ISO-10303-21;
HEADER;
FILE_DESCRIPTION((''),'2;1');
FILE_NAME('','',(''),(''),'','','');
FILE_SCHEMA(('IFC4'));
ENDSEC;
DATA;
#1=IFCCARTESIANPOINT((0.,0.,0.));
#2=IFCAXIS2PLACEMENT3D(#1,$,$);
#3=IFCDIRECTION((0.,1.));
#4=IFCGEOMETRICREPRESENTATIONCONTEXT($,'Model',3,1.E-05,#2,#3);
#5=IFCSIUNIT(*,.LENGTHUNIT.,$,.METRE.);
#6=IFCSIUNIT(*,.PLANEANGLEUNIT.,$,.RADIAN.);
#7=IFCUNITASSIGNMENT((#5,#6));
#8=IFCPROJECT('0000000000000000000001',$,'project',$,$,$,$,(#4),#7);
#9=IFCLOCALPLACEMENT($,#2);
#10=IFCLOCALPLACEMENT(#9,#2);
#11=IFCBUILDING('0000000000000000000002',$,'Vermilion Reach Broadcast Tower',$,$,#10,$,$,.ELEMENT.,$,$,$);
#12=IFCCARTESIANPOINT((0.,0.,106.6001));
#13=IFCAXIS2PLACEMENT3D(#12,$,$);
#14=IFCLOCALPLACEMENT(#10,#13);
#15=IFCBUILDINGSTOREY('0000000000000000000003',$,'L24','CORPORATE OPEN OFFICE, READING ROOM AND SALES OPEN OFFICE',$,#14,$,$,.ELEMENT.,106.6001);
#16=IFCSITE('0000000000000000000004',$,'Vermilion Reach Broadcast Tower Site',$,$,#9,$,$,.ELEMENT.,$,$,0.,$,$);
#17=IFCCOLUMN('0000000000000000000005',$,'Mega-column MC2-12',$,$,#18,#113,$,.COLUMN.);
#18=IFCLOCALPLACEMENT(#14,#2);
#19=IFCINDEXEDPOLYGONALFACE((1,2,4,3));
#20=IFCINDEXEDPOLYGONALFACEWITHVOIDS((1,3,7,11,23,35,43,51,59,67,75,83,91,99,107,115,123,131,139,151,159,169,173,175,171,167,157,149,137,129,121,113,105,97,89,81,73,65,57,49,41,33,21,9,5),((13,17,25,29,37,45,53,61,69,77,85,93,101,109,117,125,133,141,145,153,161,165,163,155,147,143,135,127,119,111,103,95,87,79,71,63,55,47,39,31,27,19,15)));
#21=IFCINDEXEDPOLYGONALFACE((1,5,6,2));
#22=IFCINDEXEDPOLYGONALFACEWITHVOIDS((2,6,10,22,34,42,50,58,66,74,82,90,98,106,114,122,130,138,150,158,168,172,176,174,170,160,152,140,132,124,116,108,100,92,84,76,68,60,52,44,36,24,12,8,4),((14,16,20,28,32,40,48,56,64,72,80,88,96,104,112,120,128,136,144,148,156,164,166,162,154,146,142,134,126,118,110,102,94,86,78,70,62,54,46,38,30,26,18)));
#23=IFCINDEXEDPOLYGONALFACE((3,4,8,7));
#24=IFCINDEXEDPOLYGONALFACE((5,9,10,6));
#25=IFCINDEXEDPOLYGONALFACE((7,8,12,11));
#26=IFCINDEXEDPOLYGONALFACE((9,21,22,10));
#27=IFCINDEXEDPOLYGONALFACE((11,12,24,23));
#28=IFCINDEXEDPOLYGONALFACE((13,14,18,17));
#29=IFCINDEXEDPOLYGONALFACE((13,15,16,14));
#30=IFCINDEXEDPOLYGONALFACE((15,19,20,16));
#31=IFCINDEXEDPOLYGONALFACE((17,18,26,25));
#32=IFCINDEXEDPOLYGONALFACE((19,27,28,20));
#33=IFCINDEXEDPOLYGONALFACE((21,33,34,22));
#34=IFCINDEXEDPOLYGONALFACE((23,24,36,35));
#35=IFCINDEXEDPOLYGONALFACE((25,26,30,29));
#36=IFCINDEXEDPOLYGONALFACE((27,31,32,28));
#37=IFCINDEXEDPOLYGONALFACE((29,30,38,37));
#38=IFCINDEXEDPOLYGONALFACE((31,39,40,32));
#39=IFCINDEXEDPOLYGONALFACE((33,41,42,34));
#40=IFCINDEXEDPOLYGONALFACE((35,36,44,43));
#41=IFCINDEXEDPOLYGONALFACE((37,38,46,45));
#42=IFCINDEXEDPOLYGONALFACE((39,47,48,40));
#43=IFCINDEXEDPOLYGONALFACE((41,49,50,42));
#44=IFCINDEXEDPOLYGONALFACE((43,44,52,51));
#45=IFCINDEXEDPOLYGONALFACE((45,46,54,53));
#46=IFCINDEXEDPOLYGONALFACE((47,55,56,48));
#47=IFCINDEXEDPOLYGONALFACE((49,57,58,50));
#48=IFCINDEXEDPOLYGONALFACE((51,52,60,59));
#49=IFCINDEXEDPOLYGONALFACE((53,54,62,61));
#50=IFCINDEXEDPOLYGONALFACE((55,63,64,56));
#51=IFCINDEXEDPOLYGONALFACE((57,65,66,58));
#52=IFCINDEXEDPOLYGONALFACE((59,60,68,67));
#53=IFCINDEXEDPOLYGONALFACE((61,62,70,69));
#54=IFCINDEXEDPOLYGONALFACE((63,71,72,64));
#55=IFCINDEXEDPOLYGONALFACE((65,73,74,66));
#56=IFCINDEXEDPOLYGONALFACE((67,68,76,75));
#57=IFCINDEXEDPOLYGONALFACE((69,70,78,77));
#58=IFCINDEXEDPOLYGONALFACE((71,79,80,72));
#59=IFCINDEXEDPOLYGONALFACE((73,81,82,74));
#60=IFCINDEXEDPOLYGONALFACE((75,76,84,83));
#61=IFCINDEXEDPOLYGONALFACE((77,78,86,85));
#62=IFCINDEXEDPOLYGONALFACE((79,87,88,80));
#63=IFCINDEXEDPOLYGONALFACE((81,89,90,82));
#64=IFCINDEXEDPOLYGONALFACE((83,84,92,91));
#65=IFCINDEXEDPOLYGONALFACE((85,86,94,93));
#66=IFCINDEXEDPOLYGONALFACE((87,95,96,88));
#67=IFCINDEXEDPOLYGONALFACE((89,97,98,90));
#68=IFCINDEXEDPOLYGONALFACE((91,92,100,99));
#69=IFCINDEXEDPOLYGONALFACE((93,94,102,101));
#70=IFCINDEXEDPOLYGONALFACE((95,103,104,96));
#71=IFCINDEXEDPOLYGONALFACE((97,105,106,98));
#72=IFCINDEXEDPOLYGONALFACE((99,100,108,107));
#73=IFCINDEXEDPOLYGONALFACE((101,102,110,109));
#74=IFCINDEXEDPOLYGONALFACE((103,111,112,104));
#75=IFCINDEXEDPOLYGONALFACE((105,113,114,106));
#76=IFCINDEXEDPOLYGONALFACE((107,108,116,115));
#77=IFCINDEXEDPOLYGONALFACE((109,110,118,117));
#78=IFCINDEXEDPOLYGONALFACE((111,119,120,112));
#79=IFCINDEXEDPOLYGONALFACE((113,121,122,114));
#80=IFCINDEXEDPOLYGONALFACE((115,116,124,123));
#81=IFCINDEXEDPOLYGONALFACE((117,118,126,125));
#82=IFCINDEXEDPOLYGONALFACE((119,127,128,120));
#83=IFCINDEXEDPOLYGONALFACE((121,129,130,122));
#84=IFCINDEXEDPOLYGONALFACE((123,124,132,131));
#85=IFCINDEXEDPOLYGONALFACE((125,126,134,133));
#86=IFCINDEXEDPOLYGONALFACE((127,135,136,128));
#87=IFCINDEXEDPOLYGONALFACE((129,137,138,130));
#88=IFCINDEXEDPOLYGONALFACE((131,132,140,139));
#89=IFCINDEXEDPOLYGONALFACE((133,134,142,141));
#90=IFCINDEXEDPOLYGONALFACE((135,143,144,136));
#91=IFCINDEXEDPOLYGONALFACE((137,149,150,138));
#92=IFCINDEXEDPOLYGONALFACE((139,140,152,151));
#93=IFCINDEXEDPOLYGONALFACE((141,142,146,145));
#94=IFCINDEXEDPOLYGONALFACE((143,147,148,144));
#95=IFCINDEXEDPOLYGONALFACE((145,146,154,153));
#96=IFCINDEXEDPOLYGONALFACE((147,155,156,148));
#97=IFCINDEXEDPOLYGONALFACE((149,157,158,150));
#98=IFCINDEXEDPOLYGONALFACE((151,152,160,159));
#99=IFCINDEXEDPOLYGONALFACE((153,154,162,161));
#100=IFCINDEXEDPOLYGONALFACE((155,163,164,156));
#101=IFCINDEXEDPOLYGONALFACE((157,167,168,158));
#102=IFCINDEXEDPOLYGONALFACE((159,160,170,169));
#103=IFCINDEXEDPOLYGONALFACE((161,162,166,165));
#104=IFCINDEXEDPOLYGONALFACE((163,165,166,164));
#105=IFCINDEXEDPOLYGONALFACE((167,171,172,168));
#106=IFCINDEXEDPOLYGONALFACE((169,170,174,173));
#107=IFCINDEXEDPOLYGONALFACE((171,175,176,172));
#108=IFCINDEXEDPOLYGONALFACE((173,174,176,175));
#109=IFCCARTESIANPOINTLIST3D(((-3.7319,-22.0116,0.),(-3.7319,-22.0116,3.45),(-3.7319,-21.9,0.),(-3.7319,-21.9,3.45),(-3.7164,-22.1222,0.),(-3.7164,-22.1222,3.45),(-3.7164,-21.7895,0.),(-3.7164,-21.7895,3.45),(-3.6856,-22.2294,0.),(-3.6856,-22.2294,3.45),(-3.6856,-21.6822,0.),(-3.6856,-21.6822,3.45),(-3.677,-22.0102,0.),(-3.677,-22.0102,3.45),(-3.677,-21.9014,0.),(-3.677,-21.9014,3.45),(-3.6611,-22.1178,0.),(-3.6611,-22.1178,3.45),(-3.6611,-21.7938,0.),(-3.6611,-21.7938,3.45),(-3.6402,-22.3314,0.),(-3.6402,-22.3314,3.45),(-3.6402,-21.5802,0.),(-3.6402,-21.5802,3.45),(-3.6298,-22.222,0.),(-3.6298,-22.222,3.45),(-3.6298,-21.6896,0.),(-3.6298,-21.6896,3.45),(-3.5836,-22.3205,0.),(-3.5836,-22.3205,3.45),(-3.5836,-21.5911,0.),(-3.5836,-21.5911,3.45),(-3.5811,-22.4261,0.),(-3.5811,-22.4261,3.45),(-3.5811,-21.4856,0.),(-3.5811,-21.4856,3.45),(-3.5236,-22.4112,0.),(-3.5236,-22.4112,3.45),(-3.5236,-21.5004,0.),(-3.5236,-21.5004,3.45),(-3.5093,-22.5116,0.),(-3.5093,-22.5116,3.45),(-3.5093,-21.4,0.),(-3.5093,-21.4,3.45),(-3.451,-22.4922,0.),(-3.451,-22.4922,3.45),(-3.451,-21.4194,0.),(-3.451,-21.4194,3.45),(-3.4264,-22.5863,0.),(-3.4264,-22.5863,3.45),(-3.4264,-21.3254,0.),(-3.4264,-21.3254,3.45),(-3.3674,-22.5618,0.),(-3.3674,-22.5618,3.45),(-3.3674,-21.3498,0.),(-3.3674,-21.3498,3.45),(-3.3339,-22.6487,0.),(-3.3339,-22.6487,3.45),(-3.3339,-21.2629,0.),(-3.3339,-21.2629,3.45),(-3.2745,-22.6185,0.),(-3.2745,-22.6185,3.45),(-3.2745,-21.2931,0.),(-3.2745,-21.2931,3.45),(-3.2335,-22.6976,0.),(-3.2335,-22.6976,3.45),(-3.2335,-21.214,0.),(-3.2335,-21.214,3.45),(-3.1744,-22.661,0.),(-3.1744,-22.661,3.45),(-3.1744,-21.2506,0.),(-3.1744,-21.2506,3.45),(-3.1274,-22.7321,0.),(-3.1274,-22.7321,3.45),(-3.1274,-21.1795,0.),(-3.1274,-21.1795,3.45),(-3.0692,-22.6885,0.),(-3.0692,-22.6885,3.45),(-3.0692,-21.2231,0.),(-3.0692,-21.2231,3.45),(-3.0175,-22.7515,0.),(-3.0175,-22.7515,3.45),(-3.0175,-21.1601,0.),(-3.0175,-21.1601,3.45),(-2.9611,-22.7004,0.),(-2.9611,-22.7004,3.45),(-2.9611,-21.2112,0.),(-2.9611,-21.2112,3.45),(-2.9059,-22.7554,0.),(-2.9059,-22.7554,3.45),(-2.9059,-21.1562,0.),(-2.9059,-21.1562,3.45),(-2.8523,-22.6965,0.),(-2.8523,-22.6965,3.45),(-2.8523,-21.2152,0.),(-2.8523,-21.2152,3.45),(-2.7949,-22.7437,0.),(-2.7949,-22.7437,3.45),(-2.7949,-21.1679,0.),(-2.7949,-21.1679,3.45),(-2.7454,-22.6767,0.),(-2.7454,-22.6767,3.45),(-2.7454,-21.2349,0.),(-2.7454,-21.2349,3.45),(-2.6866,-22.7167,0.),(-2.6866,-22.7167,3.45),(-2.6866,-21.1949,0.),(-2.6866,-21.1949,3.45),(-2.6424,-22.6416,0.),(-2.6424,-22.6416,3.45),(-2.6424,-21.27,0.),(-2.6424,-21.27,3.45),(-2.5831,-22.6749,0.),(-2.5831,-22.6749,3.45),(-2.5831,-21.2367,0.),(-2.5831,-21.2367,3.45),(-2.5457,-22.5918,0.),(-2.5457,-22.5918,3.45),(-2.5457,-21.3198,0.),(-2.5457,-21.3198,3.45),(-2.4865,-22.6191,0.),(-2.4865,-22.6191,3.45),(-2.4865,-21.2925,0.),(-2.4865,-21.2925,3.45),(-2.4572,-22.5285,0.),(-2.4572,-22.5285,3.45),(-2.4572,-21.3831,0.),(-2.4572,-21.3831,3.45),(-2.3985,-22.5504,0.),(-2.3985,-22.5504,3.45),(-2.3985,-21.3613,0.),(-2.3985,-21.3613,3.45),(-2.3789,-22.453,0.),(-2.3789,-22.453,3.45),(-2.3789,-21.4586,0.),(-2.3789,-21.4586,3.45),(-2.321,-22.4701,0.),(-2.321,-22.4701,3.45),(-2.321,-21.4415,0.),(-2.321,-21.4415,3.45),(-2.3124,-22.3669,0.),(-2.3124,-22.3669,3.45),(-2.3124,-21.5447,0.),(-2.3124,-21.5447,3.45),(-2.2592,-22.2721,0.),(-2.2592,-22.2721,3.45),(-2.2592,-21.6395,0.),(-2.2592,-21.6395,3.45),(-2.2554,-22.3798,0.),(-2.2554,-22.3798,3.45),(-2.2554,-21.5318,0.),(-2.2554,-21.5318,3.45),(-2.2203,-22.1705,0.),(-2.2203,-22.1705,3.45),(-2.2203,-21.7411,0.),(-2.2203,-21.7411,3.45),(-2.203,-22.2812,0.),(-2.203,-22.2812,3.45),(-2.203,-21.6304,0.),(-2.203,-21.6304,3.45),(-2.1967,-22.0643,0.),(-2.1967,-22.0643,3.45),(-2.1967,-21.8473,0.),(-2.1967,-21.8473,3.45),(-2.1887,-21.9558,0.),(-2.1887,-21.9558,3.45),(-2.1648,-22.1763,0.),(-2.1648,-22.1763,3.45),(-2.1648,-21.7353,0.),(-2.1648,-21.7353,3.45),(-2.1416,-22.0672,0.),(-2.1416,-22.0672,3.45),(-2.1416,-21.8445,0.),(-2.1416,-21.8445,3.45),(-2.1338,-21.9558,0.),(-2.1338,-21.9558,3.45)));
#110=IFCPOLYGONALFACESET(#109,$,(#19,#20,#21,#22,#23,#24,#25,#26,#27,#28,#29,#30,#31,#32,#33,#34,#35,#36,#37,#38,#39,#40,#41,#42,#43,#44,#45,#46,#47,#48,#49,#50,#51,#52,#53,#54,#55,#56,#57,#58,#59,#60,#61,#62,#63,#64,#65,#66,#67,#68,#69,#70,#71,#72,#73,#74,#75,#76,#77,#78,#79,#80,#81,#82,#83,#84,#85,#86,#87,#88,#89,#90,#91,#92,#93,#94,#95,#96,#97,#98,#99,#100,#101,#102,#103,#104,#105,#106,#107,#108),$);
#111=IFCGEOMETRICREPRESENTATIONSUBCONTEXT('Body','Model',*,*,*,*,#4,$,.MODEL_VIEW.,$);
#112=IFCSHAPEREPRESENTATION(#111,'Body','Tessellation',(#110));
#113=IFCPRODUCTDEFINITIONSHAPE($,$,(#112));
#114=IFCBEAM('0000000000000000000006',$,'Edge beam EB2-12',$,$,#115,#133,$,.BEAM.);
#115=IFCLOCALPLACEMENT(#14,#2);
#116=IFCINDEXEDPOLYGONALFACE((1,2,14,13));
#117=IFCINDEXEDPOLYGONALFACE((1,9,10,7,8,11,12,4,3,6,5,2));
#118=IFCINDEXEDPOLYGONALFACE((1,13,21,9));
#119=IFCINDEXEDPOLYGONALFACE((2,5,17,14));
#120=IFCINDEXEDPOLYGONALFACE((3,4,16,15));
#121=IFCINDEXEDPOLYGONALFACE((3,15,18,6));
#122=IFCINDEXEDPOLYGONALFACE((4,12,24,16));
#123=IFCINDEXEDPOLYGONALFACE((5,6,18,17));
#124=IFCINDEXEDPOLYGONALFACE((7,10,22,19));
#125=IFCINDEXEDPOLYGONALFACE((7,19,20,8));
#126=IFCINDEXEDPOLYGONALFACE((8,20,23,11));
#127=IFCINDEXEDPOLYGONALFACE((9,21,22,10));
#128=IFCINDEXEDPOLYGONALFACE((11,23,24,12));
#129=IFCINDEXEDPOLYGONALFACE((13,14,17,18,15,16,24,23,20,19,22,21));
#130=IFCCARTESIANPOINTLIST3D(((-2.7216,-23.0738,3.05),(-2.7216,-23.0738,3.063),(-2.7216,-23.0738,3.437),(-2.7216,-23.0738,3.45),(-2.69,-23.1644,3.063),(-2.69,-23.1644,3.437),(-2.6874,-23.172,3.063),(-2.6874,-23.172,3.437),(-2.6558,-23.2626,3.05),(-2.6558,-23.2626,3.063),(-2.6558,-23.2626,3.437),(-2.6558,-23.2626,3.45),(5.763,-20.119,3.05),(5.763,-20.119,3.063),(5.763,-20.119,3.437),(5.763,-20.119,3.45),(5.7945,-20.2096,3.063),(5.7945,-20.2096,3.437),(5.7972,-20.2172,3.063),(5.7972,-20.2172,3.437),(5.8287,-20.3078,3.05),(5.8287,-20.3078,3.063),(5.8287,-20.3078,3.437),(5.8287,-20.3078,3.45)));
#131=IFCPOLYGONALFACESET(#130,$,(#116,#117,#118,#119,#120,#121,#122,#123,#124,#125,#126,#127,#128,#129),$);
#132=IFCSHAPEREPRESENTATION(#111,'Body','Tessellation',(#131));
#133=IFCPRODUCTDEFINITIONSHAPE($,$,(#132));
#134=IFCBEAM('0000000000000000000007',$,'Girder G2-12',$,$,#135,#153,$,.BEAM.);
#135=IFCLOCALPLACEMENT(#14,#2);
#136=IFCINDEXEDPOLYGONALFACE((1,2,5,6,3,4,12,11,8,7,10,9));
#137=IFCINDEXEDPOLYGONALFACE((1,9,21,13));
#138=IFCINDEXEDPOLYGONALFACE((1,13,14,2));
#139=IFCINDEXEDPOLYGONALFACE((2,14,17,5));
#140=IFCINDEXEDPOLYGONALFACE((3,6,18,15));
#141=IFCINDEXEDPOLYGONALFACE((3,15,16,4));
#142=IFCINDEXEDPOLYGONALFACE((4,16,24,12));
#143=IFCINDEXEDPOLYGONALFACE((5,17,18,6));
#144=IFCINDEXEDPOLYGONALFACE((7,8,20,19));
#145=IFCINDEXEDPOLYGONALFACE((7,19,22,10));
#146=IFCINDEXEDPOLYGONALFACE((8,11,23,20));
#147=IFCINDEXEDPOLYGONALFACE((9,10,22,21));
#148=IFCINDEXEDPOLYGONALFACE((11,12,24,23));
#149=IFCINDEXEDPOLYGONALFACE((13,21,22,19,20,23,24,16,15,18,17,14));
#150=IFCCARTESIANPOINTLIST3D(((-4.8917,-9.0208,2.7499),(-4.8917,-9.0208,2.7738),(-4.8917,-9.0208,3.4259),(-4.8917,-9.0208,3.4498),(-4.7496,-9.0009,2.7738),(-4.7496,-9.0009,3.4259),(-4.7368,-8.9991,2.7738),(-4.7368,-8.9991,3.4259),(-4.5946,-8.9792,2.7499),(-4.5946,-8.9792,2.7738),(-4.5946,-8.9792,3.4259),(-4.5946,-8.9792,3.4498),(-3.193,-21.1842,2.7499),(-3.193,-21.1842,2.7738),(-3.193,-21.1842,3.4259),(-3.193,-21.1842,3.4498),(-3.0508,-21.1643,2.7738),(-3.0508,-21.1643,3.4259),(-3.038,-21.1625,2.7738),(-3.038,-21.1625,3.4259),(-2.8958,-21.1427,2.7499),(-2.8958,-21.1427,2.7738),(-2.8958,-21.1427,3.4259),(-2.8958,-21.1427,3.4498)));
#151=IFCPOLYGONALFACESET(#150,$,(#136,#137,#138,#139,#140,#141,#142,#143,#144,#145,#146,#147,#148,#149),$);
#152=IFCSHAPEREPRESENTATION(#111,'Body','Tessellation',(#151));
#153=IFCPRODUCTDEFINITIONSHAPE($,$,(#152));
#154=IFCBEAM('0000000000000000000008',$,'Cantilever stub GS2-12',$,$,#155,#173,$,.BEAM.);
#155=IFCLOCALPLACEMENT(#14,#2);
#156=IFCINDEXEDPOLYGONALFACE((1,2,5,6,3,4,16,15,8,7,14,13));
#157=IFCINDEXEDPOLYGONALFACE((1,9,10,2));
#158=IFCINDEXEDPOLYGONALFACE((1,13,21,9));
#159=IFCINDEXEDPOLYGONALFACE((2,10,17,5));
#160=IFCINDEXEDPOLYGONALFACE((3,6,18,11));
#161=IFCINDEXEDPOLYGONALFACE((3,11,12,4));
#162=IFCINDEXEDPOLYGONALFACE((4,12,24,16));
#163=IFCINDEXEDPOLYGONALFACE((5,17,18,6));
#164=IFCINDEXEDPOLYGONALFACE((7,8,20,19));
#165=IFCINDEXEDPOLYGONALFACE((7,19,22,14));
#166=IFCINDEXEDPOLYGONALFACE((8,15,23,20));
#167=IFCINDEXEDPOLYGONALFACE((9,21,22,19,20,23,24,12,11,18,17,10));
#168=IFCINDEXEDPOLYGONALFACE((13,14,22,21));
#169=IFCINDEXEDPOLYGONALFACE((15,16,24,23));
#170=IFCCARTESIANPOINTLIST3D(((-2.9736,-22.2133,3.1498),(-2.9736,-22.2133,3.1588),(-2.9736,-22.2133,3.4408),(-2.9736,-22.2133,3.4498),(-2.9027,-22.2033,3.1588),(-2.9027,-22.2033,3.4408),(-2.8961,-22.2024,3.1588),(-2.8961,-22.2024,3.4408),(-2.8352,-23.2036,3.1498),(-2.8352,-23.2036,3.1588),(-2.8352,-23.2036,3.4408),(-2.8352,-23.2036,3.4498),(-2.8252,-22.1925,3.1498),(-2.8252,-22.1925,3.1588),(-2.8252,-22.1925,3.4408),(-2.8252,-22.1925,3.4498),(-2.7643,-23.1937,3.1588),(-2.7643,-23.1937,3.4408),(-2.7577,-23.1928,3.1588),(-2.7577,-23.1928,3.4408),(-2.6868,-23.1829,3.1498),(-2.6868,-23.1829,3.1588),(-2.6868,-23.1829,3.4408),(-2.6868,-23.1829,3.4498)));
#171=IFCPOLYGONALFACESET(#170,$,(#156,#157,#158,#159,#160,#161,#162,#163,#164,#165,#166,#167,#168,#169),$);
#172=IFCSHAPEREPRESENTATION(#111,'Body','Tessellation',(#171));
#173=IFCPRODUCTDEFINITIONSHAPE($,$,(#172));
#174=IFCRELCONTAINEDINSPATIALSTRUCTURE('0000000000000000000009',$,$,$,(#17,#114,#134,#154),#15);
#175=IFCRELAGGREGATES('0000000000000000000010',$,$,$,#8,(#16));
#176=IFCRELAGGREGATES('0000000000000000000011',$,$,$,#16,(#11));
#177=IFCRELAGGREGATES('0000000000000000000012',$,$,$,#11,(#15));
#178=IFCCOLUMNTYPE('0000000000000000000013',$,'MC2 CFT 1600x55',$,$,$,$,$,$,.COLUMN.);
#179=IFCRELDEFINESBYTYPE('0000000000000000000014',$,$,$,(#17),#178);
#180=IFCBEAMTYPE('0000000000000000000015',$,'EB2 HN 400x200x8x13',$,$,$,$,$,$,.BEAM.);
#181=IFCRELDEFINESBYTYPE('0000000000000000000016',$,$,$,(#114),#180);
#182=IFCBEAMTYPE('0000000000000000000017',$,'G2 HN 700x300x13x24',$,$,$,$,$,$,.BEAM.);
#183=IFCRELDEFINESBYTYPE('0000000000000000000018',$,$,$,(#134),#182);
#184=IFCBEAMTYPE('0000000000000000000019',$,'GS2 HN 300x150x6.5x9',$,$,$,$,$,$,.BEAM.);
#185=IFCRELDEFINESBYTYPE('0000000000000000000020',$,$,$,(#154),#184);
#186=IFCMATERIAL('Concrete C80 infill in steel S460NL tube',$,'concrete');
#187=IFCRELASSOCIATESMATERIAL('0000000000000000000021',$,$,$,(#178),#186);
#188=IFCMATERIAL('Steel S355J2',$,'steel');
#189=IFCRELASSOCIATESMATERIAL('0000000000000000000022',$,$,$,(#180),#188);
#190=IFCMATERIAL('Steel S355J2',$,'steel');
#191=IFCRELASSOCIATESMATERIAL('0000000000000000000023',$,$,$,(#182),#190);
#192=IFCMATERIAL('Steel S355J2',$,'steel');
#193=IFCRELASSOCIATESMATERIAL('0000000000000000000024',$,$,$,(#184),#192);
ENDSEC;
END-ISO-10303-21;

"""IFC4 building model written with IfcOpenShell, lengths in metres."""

from ifc_helpers import new_model, si_unit, direction, frame, origin, origin_2d, place, context, subcontext, project, spatial, hollow_circle, i_section, extrude, material, material_profile, profile_set, type_object, element, save


model = new_model("IFC4")

# Units and contexts
model_context = context("Model", 3, precision=1e-05, world=origin(), true_north=direction((0.0, 1.0)))
body_context = subcontext(model_context, "Body", "Model", "MODEL_VIEW")
ifc_project = project(units=[si_unit("LENGTHUNIT", "METRE"), si_unit("PLANEANGLEUNIT", "RADIAN")], contexts=[model_context])

# Site, building, storey
site_placement = place(None, origin())
site = spatial("IfcSite", under=ifc_project, at=site_placement, Name="Vermilion Reach Broadcast Tower Site", CompositionType="ELEMENT", RefElevation=0.0)
building_placement = place(site_placement, origin())
building = spatial("IfcBuilding", under=site, at=building_placement, Name="Vermilion Reach Broadcast Tower", CompositionType="ELEMENT")
storey_placement = place(building_placement, frame((0.0, 0.0, 106.6001)))
storey = spatial("IfcBuildingStorey", under=building, at=storey_placement, Name="L24", Description="CORPORATE OPEN OFFICE, READING ROOM AND SALES OPEN OFFICE", CompositionType="ELEMENT", Elevation=106.6001)

# Column
ifc_material_1 = material(Name="Concrete C80 infill in steel S460NL tube", Category="concrete")
ifc_material_profile_1 = material_profile(ifc_material_1, hollow_circle(Radius=0.8, WallThickness=0.0549, at=origin_2d()), Name="Concrete C80 infill in steel S460NL tube CFT 1600x55")
ifc_profile_set_1 = profile_set([ifc_material_profile_1], Name="Concrete C80 infill in steel S460NL tube")
column_type = type_object("IfcColumnType", Name="MC2 CFT 1600x55", PredefinedType="COLUMN", material=ifc_profile_set_1)
column_placement = place(storey_placement, frame((-2.9338, -21.9558, 0.0), z_axis=(0.0, 0.0, 1.0), x_axis=(1.0, 0.0, 0.0)))
element("IfcColumn", 1, at=column_placement, inside=storey, type_object=column_type, Name="Mega-column MC2-12", PredefinedType="COLUMN", context=body_context, shape_type="SweptSolid", body=[
    extrude(hollow_circle(Radius=0.8, WallThickness=0.0549, at=origin_2d()), origin(), (0.0, 0.0, 1.0), 3.45),
])

# Beams
ifc_material_2 = material(Name="Steel S355J2", Category="steel")
ifc_material_profile_2 = material_profile(ifc_material_2, i_section(OverallWidth=0.2, OverallDepth=0.3999, WebThickness=0.0081, FlangeThickness=0.0129, at=origin_2d()), Name="S355J2 HN 400x200x8x13")
ifc_profile_set_2 = profile_set([ifc_material_profile_2], Name="Steel S355J2")
beam_type_1 = type_object("IfcBeamType", Name="EB2 HN 400x200x8x13", PredefinedType="BEAM", material=ifc_profile_set_2)
beam_1_placement = place(storey_placement, frame((-2.6887, -23.1682, 3.25), z_axis=(0.94437, 0.328884, 0.0), x_axis=(-0.328884, 0.94437, 0.0)))
element("IfcBeam", 2, at=beam_1_placement, inside=storey, type_object=beam_type_1, Name="Edge beam EB2-12", PredefinedType="BEAM", context=body_context, shape_type="SweptSolid", body=[
    extrude(i_section(OverallWidth=0.2, OverallDepth=0.3999, WebThickness=0.0081, FlangeThickness=0.0129, at=origin_2d()), origin(), (0.0, 0.0, 1.0), 8.9844),
])
ifc_material_3 = material(Name="Steel S355J2", Category="steel")
ifc_material_profile_3 = material_profile(ifc_material_3, i_section(OverallWidth=0.3, OverallDepth=0.7, WebThickness=0.0129, FlangeThickness=0.0239, at=origin_2d()), Name="S355J2 HN 700x300x13x24")
ifc_profile_set_3 = profile_set([ifc_material_profile_3], Name="Steel S355J2")
beam_type_2 = type_object("IfcBeamType", Name="G2 HN 700x300x13x24", PredefinedType="BEAM", material=ifc_profile_set_3)
beam_2_placement = place(storey_placement, frame((-4.7432, -9.0, 3.0999), z_axis=(0.138318, -0.990388, 0.0), x_axis=(0.990388, 0.138318, 0.0)))
element("IfcBeam", 3, at=beam_2_placement, inside=storey, type_object=beam_type_2, Name="Girder G2-12", PredefinedType="BEAM", context=body_context, shape_type="SweptSolid", body=[
    extrude(i_section(OverallWidth=0.3, OverallDepth=0.7, WebThickness=0.0129, FlangeThickness=0.0239, at=origin_2d()), origin(), (0.0, 0.0, 1.0), 12.2815),
])
ifc_material_4 = material(Name="Steel S355J2", Category="steel")
ifc_material_profile_4 = material_profile(ifc_material_4, i_section(OverallWidth=0.1499, OverallDepth=0.3, WebThickness=0.0066, FlangeThickness=0.009, at=origin_2d()), Name="S355J2 HN 300x150x6.5x9")
ifc_profile_set_4 = profile_set([ifc_material_profile_4], Name="Steel S355J2")
beam_type_3 = type_object("IfcBeamType", Name="GS2 HN 300x150x6.5x9", PredefinedType="BEAM", material=ifc_profile_set_4)
beam_3_placement = place(storey_placement, frame((-2.8994, -22.2029, 3.2998), z_axis=(0.138413, -0.990375, 0.0), x_axis=(0.990375, 0.138413, 0.0)))
element("IfcBeam", 4, at=beam_3_placement, inside=storey, type_object=beam_type_3, Name="Cantilever stub GS2-12", PredefinedType="BEAM", context=body_context, shape_type="SweptSolid", body=[
    extrude(i_section(OverallWidth=0.1499, OverallDepth=0.3, WebThickness=0.0066, FlangeThickness=0.009, at=origin_2d()), origin(), (0.0, 0.0, 1.0), 1.0),
])

save(model, "model.ifc")
